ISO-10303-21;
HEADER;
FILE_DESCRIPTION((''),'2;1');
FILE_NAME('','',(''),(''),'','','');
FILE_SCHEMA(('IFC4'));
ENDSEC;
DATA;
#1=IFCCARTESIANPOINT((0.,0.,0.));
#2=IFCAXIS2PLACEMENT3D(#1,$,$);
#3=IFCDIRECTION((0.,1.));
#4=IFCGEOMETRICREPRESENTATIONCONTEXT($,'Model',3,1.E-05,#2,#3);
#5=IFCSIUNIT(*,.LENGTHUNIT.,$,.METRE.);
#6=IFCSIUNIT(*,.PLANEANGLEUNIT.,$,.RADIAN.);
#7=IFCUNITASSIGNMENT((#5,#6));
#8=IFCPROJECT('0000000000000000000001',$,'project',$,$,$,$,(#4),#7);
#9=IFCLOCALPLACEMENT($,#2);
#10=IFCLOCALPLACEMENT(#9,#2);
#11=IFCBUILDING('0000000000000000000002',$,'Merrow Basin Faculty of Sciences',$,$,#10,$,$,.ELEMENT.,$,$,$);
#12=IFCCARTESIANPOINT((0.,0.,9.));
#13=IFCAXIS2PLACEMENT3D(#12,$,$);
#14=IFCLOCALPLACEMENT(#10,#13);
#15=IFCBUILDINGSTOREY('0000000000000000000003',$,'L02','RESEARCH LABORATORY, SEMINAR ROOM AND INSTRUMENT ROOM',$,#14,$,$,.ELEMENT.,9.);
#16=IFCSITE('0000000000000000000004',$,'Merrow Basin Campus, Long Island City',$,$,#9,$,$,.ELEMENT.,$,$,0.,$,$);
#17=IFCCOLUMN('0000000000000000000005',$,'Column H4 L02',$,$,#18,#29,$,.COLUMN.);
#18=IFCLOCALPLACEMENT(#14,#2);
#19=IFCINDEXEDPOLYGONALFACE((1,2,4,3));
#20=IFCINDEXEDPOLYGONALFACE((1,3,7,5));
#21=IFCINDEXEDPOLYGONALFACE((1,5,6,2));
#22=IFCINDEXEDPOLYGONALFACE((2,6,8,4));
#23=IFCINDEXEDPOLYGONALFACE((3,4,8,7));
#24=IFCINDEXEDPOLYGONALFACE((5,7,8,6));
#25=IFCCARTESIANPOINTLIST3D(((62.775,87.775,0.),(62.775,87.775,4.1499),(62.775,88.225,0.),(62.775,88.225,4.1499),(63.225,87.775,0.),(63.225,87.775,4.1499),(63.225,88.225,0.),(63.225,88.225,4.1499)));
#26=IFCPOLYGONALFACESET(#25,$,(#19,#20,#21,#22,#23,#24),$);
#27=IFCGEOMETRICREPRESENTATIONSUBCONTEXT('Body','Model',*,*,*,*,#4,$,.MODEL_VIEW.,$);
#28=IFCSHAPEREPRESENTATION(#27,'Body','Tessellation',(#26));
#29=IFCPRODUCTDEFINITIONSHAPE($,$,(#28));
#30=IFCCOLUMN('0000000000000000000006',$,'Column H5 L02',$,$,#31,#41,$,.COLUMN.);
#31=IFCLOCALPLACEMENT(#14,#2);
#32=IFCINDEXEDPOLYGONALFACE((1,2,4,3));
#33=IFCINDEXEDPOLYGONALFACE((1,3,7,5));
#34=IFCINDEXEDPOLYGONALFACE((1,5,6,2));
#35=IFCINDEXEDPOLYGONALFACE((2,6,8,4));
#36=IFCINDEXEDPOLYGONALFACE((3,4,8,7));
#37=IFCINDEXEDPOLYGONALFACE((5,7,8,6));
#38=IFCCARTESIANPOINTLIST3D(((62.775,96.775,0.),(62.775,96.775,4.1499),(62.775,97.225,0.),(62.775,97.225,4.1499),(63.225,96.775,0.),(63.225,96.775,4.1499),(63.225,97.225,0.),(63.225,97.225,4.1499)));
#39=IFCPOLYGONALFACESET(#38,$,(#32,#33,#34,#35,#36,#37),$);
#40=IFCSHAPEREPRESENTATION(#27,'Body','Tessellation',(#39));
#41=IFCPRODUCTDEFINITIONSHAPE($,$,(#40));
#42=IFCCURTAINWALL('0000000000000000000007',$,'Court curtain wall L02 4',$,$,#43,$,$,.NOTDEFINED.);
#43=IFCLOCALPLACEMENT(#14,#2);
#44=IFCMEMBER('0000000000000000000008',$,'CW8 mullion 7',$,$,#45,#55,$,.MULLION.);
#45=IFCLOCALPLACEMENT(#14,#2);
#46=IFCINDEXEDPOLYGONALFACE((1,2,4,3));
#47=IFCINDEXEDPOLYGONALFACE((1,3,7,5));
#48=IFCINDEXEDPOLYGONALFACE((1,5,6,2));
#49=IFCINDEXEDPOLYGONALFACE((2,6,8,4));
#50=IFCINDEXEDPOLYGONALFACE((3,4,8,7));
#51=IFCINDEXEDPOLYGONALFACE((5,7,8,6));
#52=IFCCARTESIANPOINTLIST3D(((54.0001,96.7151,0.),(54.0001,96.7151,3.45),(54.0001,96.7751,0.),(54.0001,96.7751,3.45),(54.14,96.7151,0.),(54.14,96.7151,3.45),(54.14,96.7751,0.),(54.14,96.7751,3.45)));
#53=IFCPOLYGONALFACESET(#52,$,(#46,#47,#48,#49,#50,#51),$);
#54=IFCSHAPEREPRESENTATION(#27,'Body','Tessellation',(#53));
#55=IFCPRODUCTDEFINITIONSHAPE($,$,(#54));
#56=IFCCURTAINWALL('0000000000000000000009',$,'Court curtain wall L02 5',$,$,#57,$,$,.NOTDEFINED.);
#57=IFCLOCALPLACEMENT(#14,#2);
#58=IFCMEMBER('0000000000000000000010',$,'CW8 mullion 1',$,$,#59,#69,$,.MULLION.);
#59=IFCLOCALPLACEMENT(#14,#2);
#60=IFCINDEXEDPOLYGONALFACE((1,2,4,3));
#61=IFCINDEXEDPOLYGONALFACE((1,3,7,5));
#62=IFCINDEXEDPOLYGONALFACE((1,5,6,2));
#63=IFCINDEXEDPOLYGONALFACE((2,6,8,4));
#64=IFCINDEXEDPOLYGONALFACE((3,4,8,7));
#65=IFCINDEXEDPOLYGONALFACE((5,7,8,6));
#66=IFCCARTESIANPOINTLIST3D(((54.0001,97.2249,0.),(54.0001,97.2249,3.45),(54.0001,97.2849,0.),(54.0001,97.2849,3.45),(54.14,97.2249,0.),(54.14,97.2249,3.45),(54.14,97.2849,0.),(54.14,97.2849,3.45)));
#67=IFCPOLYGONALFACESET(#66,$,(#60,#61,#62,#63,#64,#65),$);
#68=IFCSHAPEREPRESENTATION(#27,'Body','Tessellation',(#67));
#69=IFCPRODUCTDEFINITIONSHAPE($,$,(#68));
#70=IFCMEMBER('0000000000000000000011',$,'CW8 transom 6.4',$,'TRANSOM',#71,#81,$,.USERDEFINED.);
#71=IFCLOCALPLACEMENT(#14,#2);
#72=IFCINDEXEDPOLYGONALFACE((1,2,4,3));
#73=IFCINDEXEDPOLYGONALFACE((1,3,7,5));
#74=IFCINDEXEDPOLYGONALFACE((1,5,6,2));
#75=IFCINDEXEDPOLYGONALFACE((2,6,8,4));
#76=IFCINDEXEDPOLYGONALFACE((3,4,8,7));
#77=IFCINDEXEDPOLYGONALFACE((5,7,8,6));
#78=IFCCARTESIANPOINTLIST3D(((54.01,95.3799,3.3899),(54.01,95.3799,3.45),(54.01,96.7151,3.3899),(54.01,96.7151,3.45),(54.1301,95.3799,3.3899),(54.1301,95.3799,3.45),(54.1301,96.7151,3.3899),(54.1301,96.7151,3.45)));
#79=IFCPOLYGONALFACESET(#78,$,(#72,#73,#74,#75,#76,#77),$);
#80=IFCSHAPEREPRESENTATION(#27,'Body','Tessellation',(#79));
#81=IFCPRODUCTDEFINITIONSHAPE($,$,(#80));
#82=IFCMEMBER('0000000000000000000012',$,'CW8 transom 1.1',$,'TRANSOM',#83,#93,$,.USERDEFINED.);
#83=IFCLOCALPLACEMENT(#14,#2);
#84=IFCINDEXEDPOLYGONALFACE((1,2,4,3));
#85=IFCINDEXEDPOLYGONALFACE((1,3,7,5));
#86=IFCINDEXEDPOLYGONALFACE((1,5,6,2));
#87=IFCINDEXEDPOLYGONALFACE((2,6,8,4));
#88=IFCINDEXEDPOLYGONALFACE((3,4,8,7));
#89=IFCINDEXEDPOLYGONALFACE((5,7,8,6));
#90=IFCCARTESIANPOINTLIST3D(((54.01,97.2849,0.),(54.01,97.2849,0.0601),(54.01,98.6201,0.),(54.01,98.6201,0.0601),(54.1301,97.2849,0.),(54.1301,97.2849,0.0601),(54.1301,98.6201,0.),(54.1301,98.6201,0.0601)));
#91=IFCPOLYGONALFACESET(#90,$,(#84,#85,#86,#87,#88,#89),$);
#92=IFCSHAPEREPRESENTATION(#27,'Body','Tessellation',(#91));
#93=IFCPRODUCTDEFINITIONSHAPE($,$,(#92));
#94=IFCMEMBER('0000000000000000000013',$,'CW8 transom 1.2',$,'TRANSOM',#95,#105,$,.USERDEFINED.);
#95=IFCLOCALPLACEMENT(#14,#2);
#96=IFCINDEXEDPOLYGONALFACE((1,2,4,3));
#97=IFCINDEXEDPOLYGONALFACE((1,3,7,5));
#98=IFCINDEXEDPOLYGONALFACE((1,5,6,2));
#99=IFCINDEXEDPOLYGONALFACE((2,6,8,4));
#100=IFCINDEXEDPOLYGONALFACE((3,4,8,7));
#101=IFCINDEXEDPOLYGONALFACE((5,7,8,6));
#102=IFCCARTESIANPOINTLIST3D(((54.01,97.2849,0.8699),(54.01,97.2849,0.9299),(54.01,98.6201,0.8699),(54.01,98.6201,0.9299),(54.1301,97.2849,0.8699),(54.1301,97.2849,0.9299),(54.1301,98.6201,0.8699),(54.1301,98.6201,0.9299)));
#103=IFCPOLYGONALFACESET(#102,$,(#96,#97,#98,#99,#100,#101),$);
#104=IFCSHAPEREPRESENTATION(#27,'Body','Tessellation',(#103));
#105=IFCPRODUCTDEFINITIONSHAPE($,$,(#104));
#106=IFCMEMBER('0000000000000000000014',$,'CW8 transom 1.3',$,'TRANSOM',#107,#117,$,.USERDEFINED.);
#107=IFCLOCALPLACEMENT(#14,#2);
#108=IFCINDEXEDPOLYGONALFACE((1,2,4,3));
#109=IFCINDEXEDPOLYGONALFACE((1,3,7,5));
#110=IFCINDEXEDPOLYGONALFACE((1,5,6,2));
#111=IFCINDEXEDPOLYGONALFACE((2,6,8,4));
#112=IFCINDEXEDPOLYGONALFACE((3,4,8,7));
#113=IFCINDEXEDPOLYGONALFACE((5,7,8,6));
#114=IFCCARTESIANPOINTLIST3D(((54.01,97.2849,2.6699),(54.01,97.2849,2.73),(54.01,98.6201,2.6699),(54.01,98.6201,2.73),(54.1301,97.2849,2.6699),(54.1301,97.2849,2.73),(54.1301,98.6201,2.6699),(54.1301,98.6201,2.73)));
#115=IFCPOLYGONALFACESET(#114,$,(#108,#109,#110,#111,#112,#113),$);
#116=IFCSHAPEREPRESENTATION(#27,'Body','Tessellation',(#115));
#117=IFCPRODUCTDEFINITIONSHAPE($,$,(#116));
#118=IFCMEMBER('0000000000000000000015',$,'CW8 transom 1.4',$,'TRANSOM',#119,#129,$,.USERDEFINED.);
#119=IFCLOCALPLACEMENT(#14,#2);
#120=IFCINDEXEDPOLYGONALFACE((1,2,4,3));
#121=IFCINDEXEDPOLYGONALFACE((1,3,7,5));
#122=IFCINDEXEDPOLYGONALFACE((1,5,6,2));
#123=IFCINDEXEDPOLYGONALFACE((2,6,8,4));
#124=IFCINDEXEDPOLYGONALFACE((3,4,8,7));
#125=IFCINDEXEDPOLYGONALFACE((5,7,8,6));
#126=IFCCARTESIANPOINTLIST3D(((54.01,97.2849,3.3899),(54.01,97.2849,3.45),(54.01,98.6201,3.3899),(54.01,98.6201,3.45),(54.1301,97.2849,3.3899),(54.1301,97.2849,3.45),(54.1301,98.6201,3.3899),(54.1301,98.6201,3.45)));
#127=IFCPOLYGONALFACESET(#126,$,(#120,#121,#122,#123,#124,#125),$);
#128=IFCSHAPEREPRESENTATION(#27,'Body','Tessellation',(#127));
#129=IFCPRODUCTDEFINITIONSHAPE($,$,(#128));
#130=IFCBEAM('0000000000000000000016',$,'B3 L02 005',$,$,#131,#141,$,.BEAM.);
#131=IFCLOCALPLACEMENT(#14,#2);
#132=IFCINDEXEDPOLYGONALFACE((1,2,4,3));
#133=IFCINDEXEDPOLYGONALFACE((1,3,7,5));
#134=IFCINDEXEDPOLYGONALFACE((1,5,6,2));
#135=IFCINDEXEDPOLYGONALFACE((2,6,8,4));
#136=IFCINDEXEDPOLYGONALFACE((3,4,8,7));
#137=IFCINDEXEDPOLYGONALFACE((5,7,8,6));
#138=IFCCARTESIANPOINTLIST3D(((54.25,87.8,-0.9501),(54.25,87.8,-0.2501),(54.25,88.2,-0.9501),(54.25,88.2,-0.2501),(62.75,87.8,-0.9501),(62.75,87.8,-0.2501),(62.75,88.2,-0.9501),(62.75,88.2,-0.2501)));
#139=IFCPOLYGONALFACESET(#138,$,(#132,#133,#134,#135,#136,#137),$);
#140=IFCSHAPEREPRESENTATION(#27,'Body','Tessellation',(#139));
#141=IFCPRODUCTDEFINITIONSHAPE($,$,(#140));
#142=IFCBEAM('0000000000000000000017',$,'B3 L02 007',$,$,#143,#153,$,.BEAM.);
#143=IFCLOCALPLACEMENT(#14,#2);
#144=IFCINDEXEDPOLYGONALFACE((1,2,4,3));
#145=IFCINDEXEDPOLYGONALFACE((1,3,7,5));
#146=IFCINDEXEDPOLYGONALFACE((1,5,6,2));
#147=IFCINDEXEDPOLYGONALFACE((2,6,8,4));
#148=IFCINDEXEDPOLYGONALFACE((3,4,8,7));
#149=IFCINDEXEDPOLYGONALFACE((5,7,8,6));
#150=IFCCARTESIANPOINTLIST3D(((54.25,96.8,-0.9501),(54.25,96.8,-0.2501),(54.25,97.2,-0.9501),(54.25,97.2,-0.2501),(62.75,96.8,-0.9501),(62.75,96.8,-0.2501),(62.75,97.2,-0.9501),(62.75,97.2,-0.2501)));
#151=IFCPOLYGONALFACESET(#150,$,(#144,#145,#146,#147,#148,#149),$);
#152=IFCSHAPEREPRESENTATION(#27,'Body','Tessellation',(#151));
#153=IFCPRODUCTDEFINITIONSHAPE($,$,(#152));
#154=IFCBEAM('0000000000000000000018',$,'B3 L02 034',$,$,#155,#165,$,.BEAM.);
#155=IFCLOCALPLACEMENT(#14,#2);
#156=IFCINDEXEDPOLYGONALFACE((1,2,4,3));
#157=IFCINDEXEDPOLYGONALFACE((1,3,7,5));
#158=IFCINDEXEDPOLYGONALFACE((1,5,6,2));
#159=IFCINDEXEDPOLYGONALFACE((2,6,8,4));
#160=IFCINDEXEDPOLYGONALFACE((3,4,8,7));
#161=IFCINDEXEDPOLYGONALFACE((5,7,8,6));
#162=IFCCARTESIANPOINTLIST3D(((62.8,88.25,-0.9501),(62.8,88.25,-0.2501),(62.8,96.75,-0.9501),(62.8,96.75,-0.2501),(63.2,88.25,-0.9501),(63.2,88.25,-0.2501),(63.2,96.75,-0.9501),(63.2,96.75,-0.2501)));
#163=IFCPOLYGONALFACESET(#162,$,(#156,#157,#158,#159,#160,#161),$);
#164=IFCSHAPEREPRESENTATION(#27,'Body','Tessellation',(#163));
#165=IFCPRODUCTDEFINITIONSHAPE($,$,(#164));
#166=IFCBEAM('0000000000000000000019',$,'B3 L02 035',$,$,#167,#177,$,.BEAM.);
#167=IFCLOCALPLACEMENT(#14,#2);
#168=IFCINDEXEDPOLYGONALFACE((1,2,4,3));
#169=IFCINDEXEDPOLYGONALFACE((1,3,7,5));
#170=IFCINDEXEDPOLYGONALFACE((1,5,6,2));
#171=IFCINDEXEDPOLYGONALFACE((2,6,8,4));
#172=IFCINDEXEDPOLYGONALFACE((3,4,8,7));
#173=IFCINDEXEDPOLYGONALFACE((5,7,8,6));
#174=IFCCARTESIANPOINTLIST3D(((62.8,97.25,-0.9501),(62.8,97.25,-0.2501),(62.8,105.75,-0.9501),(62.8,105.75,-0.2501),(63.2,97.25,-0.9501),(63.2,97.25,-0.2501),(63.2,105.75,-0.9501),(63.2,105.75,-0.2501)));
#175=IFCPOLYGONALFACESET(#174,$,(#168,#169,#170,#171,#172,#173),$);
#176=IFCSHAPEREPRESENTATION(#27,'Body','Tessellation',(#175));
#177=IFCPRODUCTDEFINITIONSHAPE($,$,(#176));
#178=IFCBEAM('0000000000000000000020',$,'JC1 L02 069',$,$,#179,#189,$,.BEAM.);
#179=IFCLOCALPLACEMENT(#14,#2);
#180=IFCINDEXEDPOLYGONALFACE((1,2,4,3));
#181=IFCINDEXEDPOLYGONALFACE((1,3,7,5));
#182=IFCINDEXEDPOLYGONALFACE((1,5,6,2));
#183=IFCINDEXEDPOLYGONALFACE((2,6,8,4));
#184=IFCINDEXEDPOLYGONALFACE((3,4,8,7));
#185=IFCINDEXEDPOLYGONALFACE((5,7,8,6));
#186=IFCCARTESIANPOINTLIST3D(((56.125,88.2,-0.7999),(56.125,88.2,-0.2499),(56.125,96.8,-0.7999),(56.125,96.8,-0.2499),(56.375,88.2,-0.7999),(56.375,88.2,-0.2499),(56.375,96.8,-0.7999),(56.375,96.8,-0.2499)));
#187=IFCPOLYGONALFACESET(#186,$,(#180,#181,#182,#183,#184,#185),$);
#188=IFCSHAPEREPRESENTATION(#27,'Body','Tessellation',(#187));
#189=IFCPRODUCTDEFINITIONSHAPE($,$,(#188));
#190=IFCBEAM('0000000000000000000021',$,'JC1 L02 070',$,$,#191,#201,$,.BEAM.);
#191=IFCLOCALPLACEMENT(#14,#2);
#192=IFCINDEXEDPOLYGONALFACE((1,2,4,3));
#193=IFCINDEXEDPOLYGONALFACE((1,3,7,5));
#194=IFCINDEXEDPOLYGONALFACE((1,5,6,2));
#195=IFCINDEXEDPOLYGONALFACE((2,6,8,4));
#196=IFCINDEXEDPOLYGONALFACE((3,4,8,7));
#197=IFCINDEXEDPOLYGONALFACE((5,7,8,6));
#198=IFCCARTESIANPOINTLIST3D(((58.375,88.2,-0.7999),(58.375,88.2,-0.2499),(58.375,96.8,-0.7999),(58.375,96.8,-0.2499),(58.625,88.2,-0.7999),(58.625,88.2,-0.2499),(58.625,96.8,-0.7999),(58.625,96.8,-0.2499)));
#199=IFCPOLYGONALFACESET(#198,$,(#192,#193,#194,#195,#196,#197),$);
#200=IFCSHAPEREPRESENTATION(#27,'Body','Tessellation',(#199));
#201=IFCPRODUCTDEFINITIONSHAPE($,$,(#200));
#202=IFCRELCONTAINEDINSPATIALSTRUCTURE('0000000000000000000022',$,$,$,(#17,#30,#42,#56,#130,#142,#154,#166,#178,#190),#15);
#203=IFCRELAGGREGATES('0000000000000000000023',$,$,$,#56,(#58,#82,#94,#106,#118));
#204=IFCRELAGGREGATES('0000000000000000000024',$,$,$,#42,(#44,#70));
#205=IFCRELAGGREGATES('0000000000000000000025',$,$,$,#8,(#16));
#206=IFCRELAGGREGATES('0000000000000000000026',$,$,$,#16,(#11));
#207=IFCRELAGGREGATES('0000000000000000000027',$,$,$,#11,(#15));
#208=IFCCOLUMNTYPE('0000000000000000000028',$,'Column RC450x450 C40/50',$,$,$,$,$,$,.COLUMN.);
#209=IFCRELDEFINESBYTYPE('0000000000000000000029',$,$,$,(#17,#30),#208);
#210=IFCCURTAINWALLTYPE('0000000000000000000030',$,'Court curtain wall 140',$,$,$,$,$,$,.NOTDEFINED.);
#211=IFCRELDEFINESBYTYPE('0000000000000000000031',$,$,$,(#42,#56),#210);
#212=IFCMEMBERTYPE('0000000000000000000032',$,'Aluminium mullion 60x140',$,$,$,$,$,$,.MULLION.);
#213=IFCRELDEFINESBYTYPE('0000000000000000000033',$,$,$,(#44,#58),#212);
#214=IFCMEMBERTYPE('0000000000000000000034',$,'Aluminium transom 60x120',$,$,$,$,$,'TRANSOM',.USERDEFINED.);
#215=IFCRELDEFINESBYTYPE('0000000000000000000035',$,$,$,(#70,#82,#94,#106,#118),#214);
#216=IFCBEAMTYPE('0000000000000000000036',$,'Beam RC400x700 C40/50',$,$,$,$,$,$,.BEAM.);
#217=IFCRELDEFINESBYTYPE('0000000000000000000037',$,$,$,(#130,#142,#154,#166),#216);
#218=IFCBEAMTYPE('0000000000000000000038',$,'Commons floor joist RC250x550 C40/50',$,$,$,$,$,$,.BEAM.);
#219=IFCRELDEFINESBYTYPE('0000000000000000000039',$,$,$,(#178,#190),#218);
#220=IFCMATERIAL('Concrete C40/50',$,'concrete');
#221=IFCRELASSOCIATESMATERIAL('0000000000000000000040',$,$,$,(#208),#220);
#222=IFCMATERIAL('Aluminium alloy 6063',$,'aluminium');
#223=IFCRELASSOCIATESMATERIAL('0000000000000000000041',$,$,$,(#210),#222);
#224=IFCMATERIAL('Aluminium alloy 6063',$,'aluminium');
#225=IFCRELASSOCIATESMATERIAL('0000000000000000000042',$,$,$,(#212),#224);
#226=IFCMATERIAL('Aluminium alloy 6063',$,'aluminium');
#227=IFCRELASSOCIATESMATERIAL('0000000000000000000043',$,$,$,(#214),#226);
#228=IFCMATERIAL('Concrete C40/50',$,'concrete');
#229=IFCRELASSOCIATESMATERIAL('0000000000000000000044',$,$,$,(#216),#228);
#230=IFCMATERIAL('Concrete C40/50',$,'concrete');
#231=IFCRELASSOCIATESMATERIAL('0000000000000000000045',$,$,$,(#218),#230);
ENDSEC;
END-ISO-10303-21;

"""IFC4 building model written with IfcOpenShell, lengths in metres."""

from ifc_helpers import new_model, si_unit, direction, frame, origin, origin_2d, place, context, subcontext, project, spatial, rectangle, extrude, material, material_profile, profile_set, type_object, element, aggregate, save


model = new_model("IFC4")

# Units and contexts
model_context = context("Model", 3, precision=1e-05, world=origin(), true_north=direction((0.0, 1.0)))
body_context = subcontext(model_context, "Body", "Model", "MODEL_VIEW")
ifc_project = project(units=[si_unit("LENGTHUNIT", "METRE"), si_unit("PLANEANGLEUNIT", "RADIAN")], contexts=[model_context])

# Site, building, storey
site_placement = place(None, origin())
site = spatial("IfcSite", under=ifc_project, at=site_placement, Name="Merrow Basin Campus, Long Island City", CompositionType="ELEMENT", RefElevation=0.0)
building_placement = place(site_placement, origin())
building = spatial("IfcBuilding", under=site, at=building_placement, Name="Merrow Basin Faculty of Sciences", CompositionType="ELEMENT")
storey_placement = place(building_placement, frame((0.0, 0.0, 9.0)))
storey = spatial("IfcBuildingStorey", under=building, at=storey_placement, Name="L02", Description="RESEARCH LABORATORY, SEMINAR ROOM AND INSTRUMENT ROOM", CompositionType="ELEMENT", Elevation=9.0)

# Columns
ifc_material_1 = material(Name="Concrete C40/50", Category="concrete")
ifc_material_profile_1 = material_profile(ifc_material_1, rectangle(XDim=0.45, YDim=0.45, at=origin_2d()))
ifc_profile_set_1 = profile_set([ifc_material_profile_1], Name="Concrete C40/50")
column_type = type_object("IfcColumnType", Name="Column RC450x450 C40/50", PredefinedType="COLUMN", material=ifc_profile_set_1)
for number, where, z_axis, x_axis, name in (
    (1, (63.0, 88.0, 0.0), (0.0, 0.0, 1.0), (1.0, 0.0, 0.0), "Column H4 L02"),
    (2, (63.0, 97.0, 0.0), (0.0, 0.0, 1.0), (1.0, 0.0, 0.0), "Column H5 L02"),
):
    element("IfcColumn", number, at=place(storey_placement, frame(where, z_axis=z_axis, x_axis=x_axis)), inside=storey, type_object=column_type, Name=name, PredefinedType="COLUMN", context=body_context, shape_type="SweptSolid", body=[
        extrude(rectangle(XDim=0.45, YDim=0.45, at=origin_2d()), origin(), (0.0, 0.0, 1.0), 4.1499),
    ])

# Curtain walls, members
ifc_material_2 = material(Name="Aluminium alloy 6063", Category="aluminium")
curtain_wall_type = type_object("IfcCurtainWallType", Name="Court curtain wall 140", PredefinedType="NOTDEFINED", material=ifc_material_2)
curtain_wall_1_placement = place(storey_placement, origin())
curtain_wall_1 = element("IfcCurtainWall", 3, at=curtain_wall_1_placement, inside=storey, type_object=curtain_wall_type, Name="Court curtain wall L02 4", PredefinedType="NOTDEFINED")
ifc_material_3 = material(Name="Aluminium alloy 6063", Category="aluminium")
ifc_material_profile_2 = material_profile(ifc_material_3, rectangle(XDim=0.1399, YDim=0.0601, at=origin_2d()))
ifc_profile_set_2 = profile_set([ifc_material_profile_2], Name="Aluminium alloy 6063")
member_type_1 = type_object("IfcMemberType", Name="Aluminium mullion 60x140", PredefinedType="MULLION", material=ifc_profile_set_2)
member_1_placement = place(storey_placement, frame((54.0701, 96.7451, 0.0), z_axis=(0.0, 0.0, 1.0), x_axis=(-1.0, 0.0, 0.0)))
member_1 = element("IfcMember", 4, at=member_1_placement, type_object=member_type_1, Name="CW8 mullion 7", PredefinedType="MULLION", context=body_context, shape_type="SweptSolid", body=[
    extrude(rectangle(XDim=0.1399, YDim=0.0601, at=origin_2d()), origin(), (0.0, 0.0, 1.0), 3.45),
])
curtain_wall_2_placement = place(storey_placement, origin())
curtain_wall_2 = element("IfcCurtainWall", 5, at=curtain_wall_2_placement, inside=storey, type_object=curtain_wall_type, Name="Court curtain wall L02 5", PredefinedType="NOTDEFINED")
member_2_placement = place(storey_placement, frame((54.0701, 97.2549, 0.0), z_axis=(0.0, 0.0, 1.0), x_axis=(-1.0, 0.0, 0.0)))
member_2 = element("IfcMember", 6, at=member_2_placement, type_object=member_type_1, Name="CW8 mullion 1", PredefinedType="MULLION", context=body_context, shape_type="SweptSolid", body=[
    extrude(rectangle(XDim=0.1399, YDim=0.0601, at=origin_2d()), origin(), (0.0, 0.0, 1.0), 3.45),
])

# Members
ifc_material_4 = material(Name="Aluminium alloy 6063", Category="aluminium")
ifc_material_profile_3 = material_profile(ifc_material_4, rectangle(XDim=0.1201, YDim=0.0601, at=origin_2d()))
ifc_profile_set_3 = profile_set([ifc_material_profile_3], Name="Aluminium alloy 6063")
member_type_2 = type_object("IfcMemberType", Name="Aluminium transom 60x120", ElementType="TRANSOM", PredefinedType="USERDEFINED", material=ifc_profile_set_3)
member_3_placement = place(storey_placement, frame((54.0701, 95.3799, 3.4199), z_axis=(0.0, 1.0, 0.0), x_axis=(-1.0, 0.0, 0.0)))
member_3 = element("IfcMember", 7, at=member_3_placement, type_object=member_type_2, Name="CW8 transom 6.4", ObjectType="TRANSOM", PredefinedType="USERDEFINED", context=body_context, shape_type="SweptSolid", body=[
    extrude(rectangle(XDim=0.1201, YDim=0.0601, at=origin_2d()), origin(), (0.0, 0.0, 1.0), 1.3352),
])
member_4_placement = place(storey_placement, frame((54.0701, 97.2849, 0.03), z_axis=(0.0, 1.0, 0.0), x_axis=(-1.0, 0.0, 0.0)))
member_4 = element("IfcMember", 8, at=member_4_placement, type_object=member_type_2, Name="CW8 transom 1.1", ObjectType="TRANSOM", PredefinedType="USERDEFINED", context=body_context, shape_type="SweptSolid", body=[
    extrude(rectangle(XDim=0.1201, YDim=0.0601, at=origin_2d()), origin(), (0.0, 0.0, 1.0), 1.3352),
])
member_5_placement = place(storey_placement, frame((54.0701, 97.2849, 0.8999), z_axis=(0.0, 1.0, 0.0), x_axis=(-1.0, 0.0, 0.0)))
member_5 = element("IfcMember", 9, at=member_5_placement, type_object=member_type_2, Name="CW8 transom 1.2", ObjectType="TRANSOM", PredefinedType="USERDEFINED", context=body_context, shape_type="SweptSolid", body=[
    extrude(rectangle(XDim=0.1201, YDim=0.0601, at=origin_2d()), origin(), (0.0, 0.0, 1.0), 1.3352),
])
member_6_placement = place(storey_placement, frame((54.0701, 97.2849, 2.7), z_axis=(0.0, 1.0, 0.0), x_axis=(-1.0, 0.0, 0.0)))
member_6 = element("IfcMember", 10, at=member_6_placement, type_object=member_type_2, Name="CW8 transom 1.3", ObjectType="TRANSOM", PredefinedType="USERDEFINED", context=body_context, shape_type="SweptSolid", body=[
    extrude(rectangle(XDim=0.1201, YDim=0.0601, at=origin_2d()), origin(), (0.0, 0.0, 1.0), 1.3352),
])
member_7_placement = place(storey_placement, frame((54.0701, 97.2849, 3.4199), z_axis=(0.0, 1.0, 0.0), x_axis=(-1.0, 0.0, 0.0)))
member_7 = element("IfcMember", 11, at=member_7_placement, type_object=member_type_2, Name="CW8 transom 1.4", ObjectType="TRANSOM", PredefinedType="USERDEFINED", context=body_context, shape_type="SweptSolid", body=[
    extrude(rectangle(XDim=0.1201, YDim=0.0601, at=origin_2d()), origin(), (0.0, 0.0, 1.0), 1.3352),
])
aggregate(curtain_wall_2, [member_2, member_4, member_5, member_6, member_7])

# Beams
ifc_material_5 = material(Name="Concrete C40/50", Category="concrete")
ifc_material_profile_4 = material_profile(ifc_material_5, rectangle(XDim=0.3999, YDim=0.7, at=origin_2d()))
ifc_profile_set_4 = profile_set([ifc_material_profile_4], Name="Concrete C40/50")
beam_type_1 = type_object("IfcBeamType", Name="Beam RC400x700 C40/50", PredefinedType="BEAM", material=ifc_profile_set_4)
for number, where, z_axis, x_axis, name in (
    (12, (54.25, 88.0, -0.6001), (1.0, 0.0, 0.0), (0.0, 1.0, 0.0), "B3 L02 005"),
    (13, (54.25, 97.0, -0.6001), (1.0, 0.0, 0.0), (0.0, 1.0, 0.0), "B3 L02 007"),
    (14, (63.0, 88.25, -0.6001), (0.0, 1.0, 0.0), (-1.0, 0.0, 0.0), "B3 L02 034"),
    (15, (63.0, 97.25, -0.6001), (0.0, 1.0, 0.0), (-1.0, 0.0, 0.0), "B3 L02 035"),
):
    element("IfcBeam", number, at=place(storey_placement, frame(where, z_axis=z_axis, x_axis=x_axis)), inside=storey, type_object=beam_type_1, Name=name, PredefinedType="BEAM", context=body_context, shape_type="SweptSolid", body=[
        extrude(rectangle(XDim=0.3999, YDim=0.7, at=origin_2d()), origin(), (0.0, 0.0, 1.0), 8.5),
    ])
ifc_material_6 = material(Name="Concrete C40/50", Category="concrete")
ifc_material_profile_5 = material_profile(ifc_material_6, rectangle(XDim=0.25, YDim=0.55, at=origin_2d()))
ifc_profile_set_5 = profile_set([ifc_material_profile_5], Name="Concrete C40/50")
beam_type_2 = type_object("IfcBeamType", Name="Commons floor joist RC250x550 C40/50", PredefinedType="BEAM", material=ifc_profile_set_5)
for number, where, z_axis, x_axis, name in (
    (16, (56.25, 88.2, -0.5249), (0.0, 1.0, 0.0), (-1.0, 0.0, 0.0), "JC1 L02 069"),
    (17, (58.5, 88.2, -0.5249), (0.0, 1.0, 0.0), (-1.0, 0.0, 0.0), "JC1 L02 070"),
):
    element("IfcBeam", number, at=place(storey_placement, frame(where, z_axis=z_axis, x_axis=x_axis)), inside=storey, type_object=beam_type_2, Name=name, PredefinedType="BEAM", context=body_context, shape_type="SweptSolid", body=[
        extrude(rectangle(XDim=0.25, YDim=0.55, at=origin_2d()), origin(), (0.0, 0.0, 1.0), 8.6001),
    ])

aggregate(curtain_wall_1, [member_1, member_3])

save(model, "model.ifc")
